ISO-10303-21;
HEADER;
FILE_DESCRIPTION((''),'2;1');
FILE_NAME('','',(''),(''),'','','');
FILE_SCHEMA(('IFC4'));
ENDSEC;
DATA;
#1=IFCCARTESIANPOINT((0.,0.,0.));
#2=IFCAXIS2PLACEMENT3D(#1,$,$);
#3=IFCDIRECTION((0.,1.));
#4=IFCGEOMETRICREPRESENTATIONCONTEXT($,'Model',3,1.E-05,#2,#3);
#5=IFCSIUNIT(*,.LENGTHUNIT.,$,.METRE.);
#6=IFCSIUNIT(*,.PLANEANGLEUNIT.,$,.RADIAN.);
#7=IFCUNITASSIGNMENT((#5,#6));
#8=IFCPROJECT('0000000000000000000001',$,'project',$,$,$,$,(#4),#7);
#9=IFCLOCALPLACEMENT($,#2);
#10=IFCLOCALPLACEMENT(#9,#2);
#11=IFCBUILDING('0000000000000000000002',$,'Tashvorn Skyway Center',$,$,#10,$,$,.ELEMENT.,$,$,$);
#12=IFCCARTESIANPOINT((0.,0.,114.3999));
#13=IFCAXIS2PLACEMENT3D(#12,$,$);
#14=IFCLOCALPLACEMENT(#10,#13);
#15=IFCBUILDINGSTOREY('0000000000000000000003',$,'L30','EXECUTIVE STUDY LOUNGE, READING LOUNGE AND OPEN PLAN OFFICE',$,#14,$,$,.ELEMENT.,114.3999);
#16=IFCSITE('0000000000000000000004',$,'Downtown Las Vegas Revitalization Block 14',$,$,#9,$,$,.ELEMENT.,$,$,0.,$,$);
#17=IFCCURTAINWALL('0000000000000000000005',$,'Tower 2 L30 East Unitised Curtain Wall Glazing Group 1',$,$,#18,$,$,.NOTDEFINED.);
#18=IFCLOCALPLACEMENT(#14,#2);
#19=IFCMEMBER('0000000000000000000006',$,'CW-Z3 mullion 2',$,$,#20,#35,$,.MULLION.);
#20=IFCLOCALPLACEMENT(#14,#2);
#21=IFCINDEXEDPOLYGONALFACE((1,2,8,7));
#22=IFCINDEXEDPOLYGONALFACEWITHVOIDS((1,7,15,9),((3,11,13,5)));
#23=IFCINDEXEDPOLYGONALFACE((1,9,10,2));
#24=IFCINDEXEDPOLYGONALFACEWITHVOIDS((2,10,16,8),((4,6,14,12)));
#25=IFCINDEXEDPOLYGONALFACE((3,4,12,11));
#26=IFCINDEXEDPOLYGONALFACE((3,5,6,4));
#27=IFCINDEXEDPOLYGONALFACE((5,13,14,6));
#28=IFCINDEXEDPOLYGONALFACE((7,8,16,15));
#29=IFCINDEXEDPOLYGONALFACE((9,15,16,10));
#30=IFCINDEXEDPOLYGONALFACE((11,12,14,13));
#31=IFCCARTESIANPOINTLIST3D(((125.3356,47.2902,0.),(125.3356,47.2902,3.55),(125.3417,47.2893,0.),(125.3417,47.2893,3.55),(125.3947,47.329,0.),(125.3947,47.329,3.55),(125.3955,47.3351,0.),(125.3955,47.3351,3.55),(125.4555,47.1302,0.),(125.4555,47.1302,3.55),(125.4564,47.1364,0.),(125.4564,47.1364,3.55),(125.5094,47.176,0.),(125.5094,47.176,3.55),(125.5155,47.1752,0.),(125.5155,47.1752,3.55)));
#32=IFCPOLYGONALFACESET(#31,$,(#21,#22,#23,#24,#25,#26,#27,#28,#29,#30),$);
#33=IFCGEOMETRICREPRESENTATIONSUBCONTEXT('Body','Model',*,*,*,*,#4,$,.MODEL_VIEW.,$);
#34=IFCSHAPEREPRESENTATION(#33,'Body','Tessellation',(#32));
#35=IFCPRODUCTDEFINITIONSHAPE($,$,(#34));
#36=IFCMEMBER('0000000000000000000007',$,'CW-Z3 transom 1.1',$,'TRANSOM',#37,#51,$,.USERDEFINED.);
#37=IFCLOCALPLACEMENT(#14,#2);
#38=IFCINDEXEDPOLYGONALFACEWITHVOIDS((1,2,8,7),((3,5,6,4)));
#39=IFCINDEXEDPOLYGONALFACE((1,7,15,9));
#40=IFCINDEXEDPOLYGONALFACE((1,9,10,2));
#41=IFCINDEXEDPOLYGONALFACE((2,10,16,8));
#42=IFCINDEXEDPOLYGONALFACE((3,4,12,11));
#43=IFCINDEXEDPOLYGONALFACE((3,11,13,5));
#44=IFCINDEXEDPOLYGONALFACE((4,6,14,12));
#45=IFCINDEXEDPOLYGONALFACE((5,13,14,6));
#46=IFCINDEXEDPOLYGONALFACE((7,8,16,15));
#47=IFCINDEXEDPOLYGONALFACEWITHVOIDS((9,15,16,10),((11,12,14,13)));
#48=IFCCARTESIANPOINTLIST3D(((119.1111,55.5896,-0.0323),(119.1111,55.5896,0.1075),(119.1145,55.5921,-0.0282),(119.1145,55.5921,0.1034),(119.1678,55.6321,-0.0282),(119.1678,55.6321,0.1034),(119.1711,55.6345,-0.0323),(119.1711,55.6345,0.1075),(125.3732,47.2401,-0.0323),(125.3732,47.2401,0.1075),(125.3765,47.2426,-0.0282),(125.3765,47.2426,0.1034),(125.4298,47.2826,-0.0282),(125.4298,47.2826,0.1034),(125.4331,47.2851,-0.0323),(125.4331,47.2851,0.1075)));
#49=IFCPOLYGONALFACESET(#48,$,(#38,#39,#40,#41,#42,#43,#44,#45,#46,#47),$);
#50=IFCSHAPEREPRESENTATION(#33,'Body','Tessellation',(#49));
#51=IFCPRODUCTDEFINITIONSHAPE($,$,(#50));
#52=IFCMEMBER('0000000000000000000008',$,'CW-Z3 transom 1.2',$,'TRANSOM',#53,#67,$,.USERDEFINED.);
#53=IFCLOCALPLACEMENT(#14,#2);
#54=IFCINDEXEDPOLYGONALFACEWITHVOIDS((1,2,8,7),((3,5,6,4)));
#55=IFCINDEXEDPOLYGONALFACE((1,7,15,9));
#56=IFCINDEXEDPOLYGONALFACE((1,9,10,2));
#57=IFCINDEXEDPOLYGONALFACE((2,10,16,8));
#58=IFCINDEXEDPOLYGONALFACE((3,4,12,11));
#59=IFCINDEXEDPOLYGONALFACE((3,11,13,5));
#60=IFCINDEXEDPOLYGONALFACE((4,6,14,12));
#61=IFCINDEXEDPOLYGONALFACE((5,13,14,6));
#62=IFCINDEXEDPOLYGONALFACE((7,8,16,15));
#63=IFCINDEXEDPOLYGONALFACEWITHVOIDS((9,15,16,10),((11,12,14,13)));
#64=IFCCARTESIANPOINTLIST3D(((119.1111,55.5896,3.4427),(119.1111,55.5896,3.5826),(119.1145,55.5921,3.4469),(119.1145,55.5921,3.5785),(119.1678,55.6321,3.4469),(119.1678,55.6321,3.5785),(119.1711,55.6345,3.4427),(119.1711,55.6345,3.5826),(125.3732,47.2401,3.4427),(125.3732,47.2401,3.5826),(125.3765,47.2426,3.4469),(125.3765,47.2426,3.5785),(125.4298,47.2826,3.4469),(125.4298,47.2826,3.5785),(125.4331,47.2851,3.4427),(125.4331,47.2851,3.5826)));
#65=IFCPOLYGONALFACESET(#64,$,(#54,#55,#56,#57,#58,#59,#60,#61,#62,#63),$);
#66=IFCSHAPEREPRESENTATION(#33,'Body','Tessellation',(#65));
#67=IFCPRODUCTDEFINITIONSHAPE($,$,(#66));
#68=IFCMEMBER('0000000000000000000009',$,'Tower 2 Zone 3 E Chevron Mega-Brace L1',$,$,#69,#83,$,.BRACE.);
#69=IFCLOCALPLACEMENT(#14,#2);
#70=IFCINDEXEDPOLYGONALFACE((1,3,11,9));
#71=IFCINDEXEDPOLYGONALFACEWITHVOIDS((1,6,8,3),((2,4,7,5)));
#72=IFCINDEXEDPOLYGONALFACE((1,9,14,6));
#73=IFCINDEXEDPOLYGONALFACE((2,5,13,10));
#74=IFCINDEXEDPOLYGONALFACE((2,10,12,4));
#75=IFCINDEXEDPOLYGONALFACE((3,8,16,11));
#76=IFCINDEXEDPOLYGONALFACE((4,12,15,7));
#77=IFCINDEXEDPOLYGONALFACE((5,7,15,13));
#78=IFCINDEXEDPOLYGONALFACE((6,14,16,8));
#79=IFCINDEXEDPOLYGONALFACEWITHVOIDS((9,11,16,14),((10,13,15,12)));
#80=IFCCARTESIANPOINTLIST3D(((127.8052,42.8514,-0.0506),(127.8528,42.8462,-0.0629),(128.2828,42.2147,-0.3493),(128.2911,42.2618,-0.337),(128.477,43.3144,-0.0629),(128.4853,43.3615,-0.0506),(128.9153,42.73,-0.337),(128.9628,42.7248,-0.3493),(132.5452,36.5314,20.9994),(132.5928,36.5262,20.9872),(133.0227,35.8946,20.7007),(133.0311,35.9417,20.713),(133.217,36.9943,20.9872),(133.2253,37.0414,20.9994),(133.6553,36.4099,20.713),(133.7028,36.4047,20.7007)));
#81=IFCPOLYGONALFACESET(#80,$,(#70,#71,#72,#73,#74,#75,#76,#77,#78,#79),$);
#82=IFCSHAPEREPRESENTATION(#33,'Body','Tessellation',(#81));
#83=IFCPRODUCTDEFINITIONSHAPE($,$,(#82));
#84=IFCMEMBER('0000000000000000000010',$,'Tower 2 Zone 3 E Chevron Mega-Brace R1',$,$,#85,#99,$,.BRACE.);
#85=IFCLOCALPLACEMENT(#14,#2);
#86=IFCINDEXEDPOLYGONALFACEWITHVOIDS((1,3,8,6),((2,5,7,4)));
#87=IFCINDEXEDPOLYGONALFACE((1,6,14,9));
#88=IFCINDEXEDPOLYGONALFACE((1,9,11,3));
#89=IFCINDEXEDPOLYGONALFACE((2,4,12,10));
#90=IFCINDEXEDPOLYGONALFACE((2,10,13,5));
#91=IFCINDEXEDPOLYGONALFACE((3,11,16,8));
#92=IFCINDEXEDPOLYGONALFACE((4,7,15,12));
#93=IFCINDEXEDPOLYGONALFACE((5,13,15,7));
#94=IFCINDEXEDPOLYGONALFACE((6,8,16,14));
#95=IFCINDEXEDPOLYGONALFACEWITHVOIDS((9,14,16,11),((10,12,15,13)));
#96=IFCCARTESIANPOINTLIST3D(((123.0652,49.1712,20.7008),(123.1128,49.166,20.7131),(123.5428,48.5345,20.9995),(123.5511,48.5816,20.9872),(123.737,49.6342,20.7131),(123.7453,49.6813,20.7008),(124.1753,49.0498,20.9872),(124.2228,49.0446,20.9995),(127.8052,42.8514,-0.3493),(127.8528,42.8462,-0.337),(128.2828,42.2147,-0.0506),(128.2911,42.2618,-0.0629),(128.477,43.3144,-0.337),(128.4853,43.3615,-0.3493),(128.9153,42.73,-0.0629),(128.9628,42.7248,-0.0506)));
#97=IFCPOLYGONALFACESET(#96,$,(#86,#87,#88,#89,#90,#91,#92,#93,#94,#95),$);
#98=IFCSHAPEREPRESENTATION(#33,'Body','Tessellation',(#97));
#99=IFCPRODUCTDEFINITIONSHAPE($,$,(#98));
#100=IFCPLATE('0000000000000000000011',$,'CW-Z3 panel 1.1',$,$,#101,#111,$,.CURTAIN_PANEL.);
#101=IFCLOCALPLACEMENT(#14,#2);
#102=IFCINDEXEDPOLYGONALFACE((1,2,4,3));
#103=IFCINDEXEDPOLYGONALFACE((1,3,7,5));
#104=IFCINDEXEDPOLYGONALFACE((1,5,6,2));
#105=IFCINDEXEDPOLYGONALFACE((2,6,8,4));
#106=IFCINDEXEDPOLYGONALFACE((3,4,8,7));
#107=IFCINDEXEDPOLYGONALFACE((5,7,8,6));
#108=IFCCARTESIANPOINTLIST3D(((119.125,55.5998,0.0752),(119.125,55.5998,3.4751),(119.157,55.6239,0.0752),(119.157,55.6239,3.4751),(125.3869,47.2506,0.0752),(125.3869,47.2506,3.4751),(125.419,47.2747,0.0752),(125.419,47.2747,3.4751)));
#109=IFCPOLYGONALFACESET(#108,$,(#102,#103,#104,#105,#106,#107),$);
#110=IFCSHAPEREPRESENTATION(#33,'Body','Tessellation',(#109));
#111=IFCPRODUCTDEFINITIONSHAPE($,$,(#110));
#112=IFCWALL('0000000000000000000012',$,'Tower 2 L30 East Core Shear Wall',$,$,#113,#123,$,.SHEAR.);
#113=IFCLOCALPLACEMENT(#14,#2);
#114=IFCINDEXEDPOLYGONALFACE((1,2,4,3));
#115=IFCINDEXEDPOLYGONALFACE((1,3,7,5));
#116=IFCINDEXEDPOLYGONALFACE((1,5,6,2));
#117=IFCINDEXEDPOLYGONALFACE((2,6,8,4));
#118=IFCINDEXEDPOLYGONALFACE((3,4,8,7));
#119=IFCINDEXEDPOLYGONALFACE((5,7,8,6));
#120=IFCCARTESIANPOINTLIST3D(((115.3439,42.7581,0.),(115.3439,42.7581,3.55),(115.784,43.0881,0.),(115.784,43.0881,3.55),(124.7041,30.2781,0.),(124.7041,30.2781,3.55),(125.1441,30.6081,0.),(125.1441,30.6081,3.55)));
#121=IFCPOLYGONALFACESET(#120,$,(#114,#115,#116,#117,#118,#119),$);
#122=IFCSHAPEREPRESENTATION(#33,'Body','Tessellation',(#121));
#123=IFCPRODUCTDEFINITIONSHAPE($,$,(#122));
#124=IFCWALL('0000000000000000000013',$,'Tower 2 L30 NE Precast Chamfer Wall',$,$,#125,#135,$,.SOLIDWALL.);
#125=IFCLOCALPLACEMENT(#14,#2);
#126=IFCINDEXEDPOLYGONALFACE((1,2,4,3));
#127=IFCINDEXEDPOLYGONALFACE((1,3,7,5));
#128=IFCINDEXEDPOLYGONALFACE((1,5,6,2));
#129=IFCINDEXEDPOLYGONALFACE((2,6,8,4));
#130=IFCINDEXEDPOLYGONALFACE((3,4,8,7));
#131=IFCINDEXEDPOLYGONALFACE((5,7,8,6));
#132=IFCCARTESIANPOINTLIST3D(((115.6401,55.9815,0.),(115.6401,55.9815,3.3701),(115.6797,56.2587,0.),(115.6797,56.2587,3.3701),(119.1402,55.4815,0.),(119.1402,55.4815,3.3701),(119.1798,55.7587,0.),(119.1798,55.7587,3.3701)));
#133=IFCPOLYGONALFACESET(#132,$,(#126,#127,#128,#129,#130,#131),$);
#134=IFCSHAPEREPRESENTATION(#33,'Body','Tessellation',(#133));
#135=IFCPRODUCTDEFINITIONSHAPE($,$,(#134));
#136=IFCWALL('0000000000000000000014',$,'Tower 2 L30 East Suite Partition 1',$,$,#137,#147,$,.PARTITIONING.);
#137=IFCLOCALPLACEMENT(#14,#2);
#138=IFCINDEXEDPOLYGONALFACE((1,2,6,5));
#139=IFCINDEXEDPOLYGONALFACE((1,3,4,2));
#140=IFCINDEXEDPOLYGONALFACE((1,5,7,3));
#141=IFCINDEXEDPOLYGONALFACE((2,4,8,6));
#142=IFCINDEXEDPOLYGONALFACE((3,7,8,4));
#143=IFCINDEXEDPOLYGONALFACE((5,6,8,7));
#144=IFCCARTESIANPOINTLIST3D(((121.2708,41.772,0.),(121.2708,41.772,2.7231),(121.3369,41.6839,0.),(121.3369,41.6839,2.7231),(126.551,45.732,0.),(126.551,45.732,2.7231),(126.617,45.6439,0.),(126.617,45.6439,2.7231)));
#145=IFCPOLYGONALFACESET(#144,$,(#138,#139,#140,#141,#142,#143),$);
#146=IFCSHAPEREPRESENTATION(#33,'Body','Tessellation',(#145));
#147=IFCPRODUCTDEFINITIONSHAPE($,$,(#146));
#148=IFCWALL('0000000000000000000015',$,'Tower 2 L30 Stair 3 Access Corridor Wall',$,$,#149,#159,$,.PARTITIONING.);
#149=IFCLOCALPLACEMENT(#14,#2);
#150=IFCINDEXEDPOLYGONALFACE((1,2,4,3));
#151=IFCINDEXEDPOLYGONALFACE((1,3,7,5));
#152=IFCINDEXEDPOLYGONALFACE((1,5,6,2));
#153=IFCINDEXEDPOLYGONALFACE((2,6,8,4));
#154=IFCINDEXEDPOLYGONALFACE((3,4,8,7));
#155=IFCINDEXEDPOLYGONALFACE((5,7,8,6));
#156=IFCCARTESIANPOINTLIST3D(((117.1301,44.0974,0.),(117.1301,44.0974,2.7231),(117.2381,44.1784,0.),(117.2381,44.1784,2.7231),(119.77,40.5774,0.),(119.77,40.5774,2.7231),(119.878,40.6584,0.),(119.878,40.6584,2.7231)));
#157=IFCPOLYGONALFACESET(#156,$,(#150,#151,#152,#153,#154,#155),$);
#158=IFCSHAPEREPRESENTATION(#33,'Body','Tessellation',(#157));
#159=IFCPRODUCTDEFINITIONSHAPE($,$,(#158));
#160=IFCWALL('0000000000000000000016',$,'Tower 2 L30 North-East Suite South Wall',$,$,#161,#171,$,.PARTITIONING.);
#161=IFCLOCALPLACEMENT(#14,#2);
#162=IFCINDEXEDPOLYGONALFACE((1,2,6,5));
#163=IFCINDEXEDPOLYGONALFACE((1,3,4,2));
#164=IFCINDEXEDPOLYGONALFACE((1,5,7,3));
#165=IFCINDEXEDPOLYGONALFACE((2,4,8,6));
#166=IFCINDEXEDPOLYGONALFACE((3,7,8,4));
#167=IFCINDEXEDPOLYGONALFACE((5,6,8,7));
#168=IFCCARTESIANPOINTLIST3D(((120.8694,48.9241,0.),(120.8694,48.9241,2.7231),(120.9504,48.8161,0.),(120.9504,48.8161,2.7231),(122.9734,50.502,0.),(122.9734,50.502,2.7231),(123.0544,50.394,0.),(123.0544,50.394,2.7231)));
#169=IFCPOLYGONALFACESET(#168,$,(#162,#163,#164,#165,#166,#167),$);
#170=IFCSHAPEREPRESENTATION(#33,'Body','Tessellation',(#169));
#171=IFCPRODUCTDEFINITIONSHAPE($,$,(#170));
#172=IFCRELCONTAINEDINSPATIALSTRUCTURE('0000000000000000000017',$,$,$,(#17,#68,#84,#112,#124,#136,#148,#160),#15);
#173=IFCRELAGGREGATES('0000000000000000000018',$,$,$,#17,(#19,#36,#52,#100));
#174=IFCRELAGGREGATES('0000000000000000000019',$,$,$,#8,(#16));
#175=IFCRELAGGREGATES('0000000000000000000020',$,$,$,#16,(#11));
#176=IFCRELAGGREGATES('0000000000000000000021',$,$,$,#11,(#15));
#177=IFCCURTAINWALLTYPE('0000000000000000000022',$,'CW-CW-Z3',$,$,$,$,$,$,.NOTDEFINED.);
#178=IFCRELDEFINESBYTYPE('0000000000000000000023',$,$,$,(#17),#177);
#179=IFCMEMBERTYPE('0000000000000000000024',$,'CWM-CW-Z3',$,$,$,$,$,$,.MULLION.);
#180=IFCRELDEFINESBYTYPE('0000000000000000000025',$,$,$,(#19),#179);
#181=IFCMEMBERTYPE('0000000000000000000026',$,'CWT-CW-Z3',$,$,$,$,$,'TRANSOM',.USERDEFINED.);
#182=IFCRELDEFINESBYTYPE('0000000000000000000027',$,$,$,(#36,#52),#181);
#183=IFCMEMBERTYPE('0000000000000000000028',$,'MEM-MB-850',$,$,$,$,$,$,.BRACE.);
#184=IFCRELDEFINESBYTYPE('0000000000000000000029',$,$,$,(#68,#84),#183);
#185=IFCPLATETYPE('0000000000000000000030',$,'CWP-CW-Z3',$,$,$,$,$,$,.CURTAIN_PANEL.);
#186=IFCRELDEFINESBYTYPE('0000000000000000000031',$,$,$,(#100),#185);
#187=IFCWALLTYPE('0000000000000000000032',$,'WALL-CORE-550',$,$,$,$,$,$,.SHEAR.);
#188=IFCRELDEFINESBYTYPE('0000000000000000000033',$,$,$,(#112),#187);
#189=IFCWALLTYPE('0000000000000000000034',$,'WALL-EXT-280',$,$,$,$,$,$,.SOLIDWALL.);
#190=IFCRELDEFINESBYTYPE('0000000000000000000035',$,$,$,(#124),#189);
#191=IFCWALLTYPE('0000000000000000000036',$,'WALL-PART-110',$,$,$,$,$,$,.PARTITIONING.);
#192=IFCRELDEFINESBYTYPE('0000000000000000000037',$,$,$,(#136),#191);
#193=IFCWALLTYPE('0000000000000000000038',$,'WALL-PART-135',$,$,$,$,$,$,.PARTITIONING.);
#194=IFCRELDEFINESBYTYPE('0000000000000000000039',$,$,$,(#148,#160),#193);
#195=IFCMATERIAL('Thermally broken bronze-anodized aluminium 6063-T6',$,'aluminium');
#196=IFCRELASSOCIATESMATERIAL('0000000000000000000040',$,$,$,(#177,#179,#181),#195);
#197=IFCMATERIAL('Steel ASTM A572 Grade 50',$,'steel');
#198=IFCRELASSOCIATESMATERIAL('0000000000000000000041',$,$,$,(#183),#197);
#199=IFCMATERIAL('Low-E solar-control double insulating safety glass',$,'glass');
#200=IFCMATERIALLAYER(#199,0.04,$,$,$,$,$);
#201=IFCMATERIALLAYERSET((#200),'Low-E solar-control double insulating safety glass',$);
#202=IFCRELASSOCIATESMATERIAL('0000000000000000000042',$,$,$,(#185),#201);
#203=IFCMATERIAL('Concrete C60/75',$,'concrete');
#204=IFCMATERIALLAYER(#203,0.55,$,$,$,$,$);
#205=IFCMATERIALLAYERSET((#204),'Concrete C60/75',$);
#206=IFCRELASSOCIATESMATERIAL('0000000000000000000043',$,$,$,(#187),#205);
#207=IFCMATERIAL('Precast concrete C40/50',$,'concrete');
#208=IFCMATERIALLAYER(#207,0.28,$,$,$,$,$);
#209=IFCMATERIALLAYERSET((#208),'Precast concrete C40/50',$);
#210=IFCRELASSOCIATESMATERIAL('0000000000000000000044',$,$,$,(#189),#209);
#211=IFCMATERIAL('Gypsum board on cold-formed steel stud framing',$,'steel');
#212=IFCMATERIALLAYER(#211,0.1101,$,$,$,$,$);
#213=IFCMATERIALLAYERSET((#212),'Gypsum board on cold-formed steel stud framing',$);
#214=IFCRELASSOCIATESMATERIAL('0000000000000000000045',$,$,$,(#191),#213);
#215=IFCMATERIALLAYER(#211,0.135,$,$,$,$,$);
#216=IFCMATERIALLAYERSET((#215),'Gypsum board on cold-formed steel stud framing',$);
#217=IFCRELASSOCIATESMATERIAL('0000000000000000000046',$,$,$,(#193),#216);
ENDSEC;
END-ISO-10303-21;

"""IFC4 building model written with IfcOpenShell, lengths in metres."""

from ifc_helpers import new_model, si_unit, direction, frame, frame_2d, origin, origin_2d, place, context, subcontext, project, spatial, rectangle, hollow_rectangle, extrude, material, layer, layer_set, material_profile, profile_set, type_object, element, aggregate, save


model = new_model("IFC4")

# Units and contexts
model_context = context("Model", 3, precision=1e-05, world=origin(), true_north=direction((0.0, 1.0)))
body_context = subcontext(model_context, "Body", "Model", "MODEL_VIEW")
ifc_project = project(units=[si_unit("LENGTHUNIT", "METRE"), si_unit("PLANEANGLEUNIT", "RADIAN")], contexts=[model_context])

# Site, building, storey
site_placement = place(None, origin())
site = spatial("IfcSite", under=ifc_project, at=site_placement, Name="Downtown Las Vegas Revitalization Block 14", CompositionType="ELEMENT", RefElevation=0.0)
building_placement = place(site_placement, origin())
building = spatial("IfcBuilding", under=site, at=building_placement, Name="Tashvorn Skyway Center", CompositionType="ELEMENT")
storey_placement = place(building_placement, frame((0.0, 0.0, 114.3999)))
storey = spatial("IfcBuildingStorey", under=building, at=storey_placement, Name="L30", Description="EXECUTIVE STUDY LOUNGE, READING LOUNGE AND OPEN PLAN OFFICE", CompositionType="ELEMENT", Elevation=114.3999)

# Shared definitions
ifc_material_1 = material(Name="Steel ASTM A572 Grade 50", Category="steel")

# Shared definitions
ifc_material_2 = material(Name="Thermally broken bronze-anodized aluminium 6063-T6", Category="aluminium")
curtain_wall_type = type_object("IfcCurtainWallType", Name="CW-CW-Z3", PredefinedType="NOTDEFINED", material=ifc_material_2)
ifc_material_profile_1 = material_profile(ifc_material_2, hollow_rectangle(XDim=0.075, YDim=0.2, WallThickness=0.0044, at=origin_2d()), Name="ALU-MULL-75x200")
ifc_profile_set_1 = profile_set([ifc_material_profile_1], Name="Thermally broken bronze-anodized aluminium 6063-T6")
member_type_1 = type_object("IfcMemberType", Name="CWM-CW-Z3", PredefinedType="MULLION", material=ifc_profile_set_1)

# Curtain wall, members
curtain_wall_1_placement = place(storey_placement, origin())
curtain_wall_1 = element("IfcCurtainWall", 1, at=curtain_wall_1_placement, inside=storey, type_object=curtain_wall_type, Name="Tower 2 L30 East Unitised Curtain Wall Glazing Group 1", PredefinedType="NOTDEFINED")
member_1_placement = place(storey_placement, frame((125.4255, 47.2327, 0.0), z_axis=(0.0, 0.0, 1.0), x_axis=(0.799999, 0.600002, 0.0)))
member_1 = element("IfcMember", 2, at=member_1_placement, type_object=member_type_1, Name="CW-Z3 mullion 2", PredefinedType="MULLION", context=body_context, shape_type="SweptSolid", body=[
    extrude(hollow_rectangle(XDim=0.075, YDim=0.2, WallThickness=0.0044, at=origin_2d()), origin(), (0.0, 0.0, 1.0), 3.55),
])
ifc_material_profile_2 = material_profile(ifc_material_2, hollow_rectangle(XDim=0.075, YDim=0.1399, WallThickness=0.0042, at=origin_2d()), Name="ALU-TRAN-75x140")
ifc_profile_set_2 = profile_set([ifc_material_profile_2], Name="Thermally broken bronze-anodized aluminium 6063-T6")
member_type_2 = type_object("IfcMemberType", Name="CWT-CW-Z3", ElementType="TRANSOM", PredefinedType="USERDEFINED", material=ifc_profile_set_2)
member_2_placement = place(storey_placement, frame((119.1411, 55.6121, 0.0376), z_axis=(0.599996, -0.800003, 0.0), x_axis=(0.800003, 0.599996, 0.0)))
member_2 = element("IfcMember", 3, at=member_2_placement, type_object=member_type_2, Name="CW-Z3 transom 1.1", ObjectType="TRANSOM", PredefinedType="USERDEFINED", context=body_context, shape_type="SweptSolid", body=[
    extrude(hollow_rectangle(XDim=0.075, YDim=0.1399, WallThickness=0.0042, at=origin_2d()), origin(), (0.0, 0.0, 1.0), 10.4368),
])
member_3_placement = place(storey_placement, frame((119.1411, 55.6121, 3.5127), z_axis=(0.599996, -0.800003, 0.0), x_axis=(0.800003, 0.599996, 0.0)))
member_3 = element("IfcMember", 4, at=member_3_placement, type_object=member_type_2, Name="CW-Z3 transom 1.2", ObjectType="TRANSOM", PredefinedType="USERDEFINED", context=body_context, shape_type="SweptSolid", body=[
    extrude(hollow_rectangle(XDim=0.075, YDim=0.1399, WallThickness=0.0042, at=origin_2d()), origin(), (0.0, 0.0, 1.0), 10.4368),
])

# Members
ifc_material_profile_3 = material_profile(ifc_material_1, hollow_rectangle(XDim=0.8501, YDim=0.8501, WallThickness=0.0349, at=origin_2d()), Name="BOX850x850x35")
ifc_profile_set_3 = profile_set([ifc_material_profile_3], Name="Steel ASTM A572 Grade 50")
member_type_3 = type_object("IfcMemberType", Name="MEM-MB-850", PredefinedType="BRACE", material=ifc_profile_set_3)
for number, where, z_axis, x_axis, name in (
    (5, (128.384, 42.7881, -0.2), (0.210819, -0.281096, 0.936237), (0.800004, 0.599995, 0.0), "Tower 2 Zone 3 E Chevron Mega-Brace L1"),
    (6, (128.384, 42.7881, -0.2), (-0.21082, 0.281086, 0.93624), (-0.799993, -0.60001, 0.0), "Tower 2 Zone 3 E Chevron Mega-Brace R1"),
):
    element("IfcMember", number, at=place(storey_placement, frame(where, z_axis=z_axis, x_axis=x_axis)), inside=storey, type_object=member_type_3, Name=name, PredefinedType="BRACE", context=body_context, shape_type="SweptSolid", body=[
        extrude(hollow_rectangle(XDim=0.8501, YDim=0.8501, WallThickness=0.0349, at=origin_2d()), origin(), (0.0, 0.0, 1.0), 22.4836),
    ])

# Plate
ifc_material_3 = material(Name="Low-E solar-control double insulating safety glass", Category="glass")
ifc_layer_1 = layer(ifc_material_3, 0.04)
ifc_layer_set_1 = layer_set([ifc_layer_1], Name="Low-E solar-control double insulating safety glass")
plate_type = type_object("IfcPlateType", Name="CWP-CW-Z3", PredefinedType="CURTAIN_PANEL", material=ifc_layer_set_1)
plate_placement = place(storey_placement, frame((122.272, 51.4373, 0.0752), z_axis=(0.0, 0.0, 1.0), x_axis=(0.600002, -0.799999, 0.0)))
plate = element("IfcPlate", 7, at=plate_placement, type_object=plate_type, Name="CW-Z3 panel 1.1", PredefinedType="CURTAIN_PANEL", context=body_context, shape_type="SweptSolid", body=[
    extrude(rectangle(XDim=10.4365, YDim=0.04, at=origin_2d()), origin(), (0.0, 0.0, 1.0), 3.3999),
])
aggregate(curtain_wall_1, [member_1, member_2, member_3, plate])

# Walls
ifc_material_4 = material(Name="Concrete C60/75", Category="concrete")
ifc_layer_2 = layer(ifc_material_4, 0.55)
ifc_layer_set_2 = layer_set([ifc_layer_2], Name="Concrete C60/75")
wall_type_1 = type_object("IfcWallType", Name="WALL-CORE-550", PredefinedType="SHEAR", material=ifc_layer_set_2)
wall_1_placement = place(storey_placement, frame((115.564, 42.9231, 0.0), z_axis=(0.0, 0.0, 1.0), x_axis=(0.600005, -0.799996, 0.0)))
element("IfcWall", 8, at=wall_1_placement, inside=storey, type_object=wall_type_1, Name="Tower 2 L30 East Core Shear Wall", PredefinedType="SHEAR", context=body_context, shape_type="SweptSolid", body=[
    extrude(rectangle(XDim=15.6001, YDim=0.55, at=frame_2d((7.8, 0.0))), origin(), (0.0, 0.0, 1.0), 3.55),
])
ifc_material_5 = material(Name="Precast concrete C40/50", Category="concrete")
ifc_layer_3 = layer(ifc_material_5, 0.28)
ifc_layer_set_3 = layer_set([ifc_layer_3], Name="Precast concrete C40/50")
wall_type_2 = type_object("IfcWallType", Name="WALL-EXT-280", PredefinedType="SOLIDWALL", material=ifc_layer_set_3)
wall_2_placement = place(storey_placement, frame((115.6599, 56.1201, 0.0), z_axis=(0.0, 0.0, 1.0), x_axis=(0.989949, -0.141421, 0.0)))
element("IfcWall", 9, at=wall_2_placement, inside=storey, type_object=wall_type_2, Name="Tower 2 L30 NE Precast Chamfer Wall", PredefinedType="SOLIDWALL", context=body_context, shape_type="SweptSolid", body=[
    extrude(rectangle(XDim=3.5356, YDim=0.28, at=frame_2d((1.7678, 0.0))), origin(), (0.0, 0.0, 1.0), 3.3701),
])
ifc_material_6 = material(Name="Gypsum board on cold-formed steel stud framing", Category="steel")
ifc_layer_4 = layer(ifc_material_6, 0.1101)
ifc_layer_set_4 = layer_set([ifc_layer_4], Name="Gypsum board on cold-formed steel stud framing")
wall_type_3 = type_object("IfcWallType", Name="WALL-PART-110", PredefinedType="PARTITIONING", material=ifc_layer_set_4)
wall_3_placement = place(storey_placement, frame((126.584, 45.688, 0.0), z_axis=(0.0, 0.0, 1.0), x_axis=(-0.800004, -0.599994, 0.0)))
element("IfcWall", 10, at=wall_3_placement, inside=storey, type_object=wall_type_3, Name="Tower 2 L30 East Suite Partition 1", PredefinedType="PARTITIONING", context=body_context, shape_type="SweptSolid", body=[
    extrude(rectangle(XDim=6.6001, YDim=0.1101, at=frame_2d((3.3, 0.0))), origin(), (0.0, 0.0, 1.0), 2.7231),
])
ifc_layer_5 = layer(ifc_material_6, 0.135)
ifc_layer_set_5 = layer_set([ifc_layer_5], Name="Gypsum board on cold-formed steel stud framing")
wall_type_4 = type_object("IfcWallType", Name="WALL-PART-135", PredefinedType="PARTITIONING", material=ifc_layer_set_5)
wall_4_placement = place(storey_placement, frame((119.824, 40.6179, 0.0), z_axis=(0.0, 0.0, 1.0), x_axis=(-0.599982, 0.800013, 0.0)))
element("IfcWall", 11, at=wall_4_placement, inside=storey, type_object=wall_type_4, Name="Tower 2 L30 Stair 3 Access Corridor Wall", PredefinedType="PARTITIONING", context=body_context, shape_type="SweptSolid", body=[
    extrude(rectangle(XDim=4.3999, YDim=0.135, at=frame_2d((2.2, 0.0))), origin(), (0.0, 0.0, 1.0), 2.7231),
])
wall_5_placement = place(storey_placement, frame((120.9099, 48.8701, 0.0), z_axis=(0.0, 0.0, 1.0), x_axis=(0.800022, 0.59997, 0.0)))
element("IfcWall", 12, at=wall_5_placement, inside=storey, type_object=wall_type_4, Name="Tower 2 L30 North-East Suite South Wall", PredefinedType="PARTITIONING", context=body_context, shape_type="SweptSolid", body=[
    extrude(rectangle(XDim=2.6299, YDim=0.135, at=frame_2d((1.3149, 0.0))), origin(), (0.0, 0.0, 1.0), 2.7231),
])

save(model, "model.ifc")
